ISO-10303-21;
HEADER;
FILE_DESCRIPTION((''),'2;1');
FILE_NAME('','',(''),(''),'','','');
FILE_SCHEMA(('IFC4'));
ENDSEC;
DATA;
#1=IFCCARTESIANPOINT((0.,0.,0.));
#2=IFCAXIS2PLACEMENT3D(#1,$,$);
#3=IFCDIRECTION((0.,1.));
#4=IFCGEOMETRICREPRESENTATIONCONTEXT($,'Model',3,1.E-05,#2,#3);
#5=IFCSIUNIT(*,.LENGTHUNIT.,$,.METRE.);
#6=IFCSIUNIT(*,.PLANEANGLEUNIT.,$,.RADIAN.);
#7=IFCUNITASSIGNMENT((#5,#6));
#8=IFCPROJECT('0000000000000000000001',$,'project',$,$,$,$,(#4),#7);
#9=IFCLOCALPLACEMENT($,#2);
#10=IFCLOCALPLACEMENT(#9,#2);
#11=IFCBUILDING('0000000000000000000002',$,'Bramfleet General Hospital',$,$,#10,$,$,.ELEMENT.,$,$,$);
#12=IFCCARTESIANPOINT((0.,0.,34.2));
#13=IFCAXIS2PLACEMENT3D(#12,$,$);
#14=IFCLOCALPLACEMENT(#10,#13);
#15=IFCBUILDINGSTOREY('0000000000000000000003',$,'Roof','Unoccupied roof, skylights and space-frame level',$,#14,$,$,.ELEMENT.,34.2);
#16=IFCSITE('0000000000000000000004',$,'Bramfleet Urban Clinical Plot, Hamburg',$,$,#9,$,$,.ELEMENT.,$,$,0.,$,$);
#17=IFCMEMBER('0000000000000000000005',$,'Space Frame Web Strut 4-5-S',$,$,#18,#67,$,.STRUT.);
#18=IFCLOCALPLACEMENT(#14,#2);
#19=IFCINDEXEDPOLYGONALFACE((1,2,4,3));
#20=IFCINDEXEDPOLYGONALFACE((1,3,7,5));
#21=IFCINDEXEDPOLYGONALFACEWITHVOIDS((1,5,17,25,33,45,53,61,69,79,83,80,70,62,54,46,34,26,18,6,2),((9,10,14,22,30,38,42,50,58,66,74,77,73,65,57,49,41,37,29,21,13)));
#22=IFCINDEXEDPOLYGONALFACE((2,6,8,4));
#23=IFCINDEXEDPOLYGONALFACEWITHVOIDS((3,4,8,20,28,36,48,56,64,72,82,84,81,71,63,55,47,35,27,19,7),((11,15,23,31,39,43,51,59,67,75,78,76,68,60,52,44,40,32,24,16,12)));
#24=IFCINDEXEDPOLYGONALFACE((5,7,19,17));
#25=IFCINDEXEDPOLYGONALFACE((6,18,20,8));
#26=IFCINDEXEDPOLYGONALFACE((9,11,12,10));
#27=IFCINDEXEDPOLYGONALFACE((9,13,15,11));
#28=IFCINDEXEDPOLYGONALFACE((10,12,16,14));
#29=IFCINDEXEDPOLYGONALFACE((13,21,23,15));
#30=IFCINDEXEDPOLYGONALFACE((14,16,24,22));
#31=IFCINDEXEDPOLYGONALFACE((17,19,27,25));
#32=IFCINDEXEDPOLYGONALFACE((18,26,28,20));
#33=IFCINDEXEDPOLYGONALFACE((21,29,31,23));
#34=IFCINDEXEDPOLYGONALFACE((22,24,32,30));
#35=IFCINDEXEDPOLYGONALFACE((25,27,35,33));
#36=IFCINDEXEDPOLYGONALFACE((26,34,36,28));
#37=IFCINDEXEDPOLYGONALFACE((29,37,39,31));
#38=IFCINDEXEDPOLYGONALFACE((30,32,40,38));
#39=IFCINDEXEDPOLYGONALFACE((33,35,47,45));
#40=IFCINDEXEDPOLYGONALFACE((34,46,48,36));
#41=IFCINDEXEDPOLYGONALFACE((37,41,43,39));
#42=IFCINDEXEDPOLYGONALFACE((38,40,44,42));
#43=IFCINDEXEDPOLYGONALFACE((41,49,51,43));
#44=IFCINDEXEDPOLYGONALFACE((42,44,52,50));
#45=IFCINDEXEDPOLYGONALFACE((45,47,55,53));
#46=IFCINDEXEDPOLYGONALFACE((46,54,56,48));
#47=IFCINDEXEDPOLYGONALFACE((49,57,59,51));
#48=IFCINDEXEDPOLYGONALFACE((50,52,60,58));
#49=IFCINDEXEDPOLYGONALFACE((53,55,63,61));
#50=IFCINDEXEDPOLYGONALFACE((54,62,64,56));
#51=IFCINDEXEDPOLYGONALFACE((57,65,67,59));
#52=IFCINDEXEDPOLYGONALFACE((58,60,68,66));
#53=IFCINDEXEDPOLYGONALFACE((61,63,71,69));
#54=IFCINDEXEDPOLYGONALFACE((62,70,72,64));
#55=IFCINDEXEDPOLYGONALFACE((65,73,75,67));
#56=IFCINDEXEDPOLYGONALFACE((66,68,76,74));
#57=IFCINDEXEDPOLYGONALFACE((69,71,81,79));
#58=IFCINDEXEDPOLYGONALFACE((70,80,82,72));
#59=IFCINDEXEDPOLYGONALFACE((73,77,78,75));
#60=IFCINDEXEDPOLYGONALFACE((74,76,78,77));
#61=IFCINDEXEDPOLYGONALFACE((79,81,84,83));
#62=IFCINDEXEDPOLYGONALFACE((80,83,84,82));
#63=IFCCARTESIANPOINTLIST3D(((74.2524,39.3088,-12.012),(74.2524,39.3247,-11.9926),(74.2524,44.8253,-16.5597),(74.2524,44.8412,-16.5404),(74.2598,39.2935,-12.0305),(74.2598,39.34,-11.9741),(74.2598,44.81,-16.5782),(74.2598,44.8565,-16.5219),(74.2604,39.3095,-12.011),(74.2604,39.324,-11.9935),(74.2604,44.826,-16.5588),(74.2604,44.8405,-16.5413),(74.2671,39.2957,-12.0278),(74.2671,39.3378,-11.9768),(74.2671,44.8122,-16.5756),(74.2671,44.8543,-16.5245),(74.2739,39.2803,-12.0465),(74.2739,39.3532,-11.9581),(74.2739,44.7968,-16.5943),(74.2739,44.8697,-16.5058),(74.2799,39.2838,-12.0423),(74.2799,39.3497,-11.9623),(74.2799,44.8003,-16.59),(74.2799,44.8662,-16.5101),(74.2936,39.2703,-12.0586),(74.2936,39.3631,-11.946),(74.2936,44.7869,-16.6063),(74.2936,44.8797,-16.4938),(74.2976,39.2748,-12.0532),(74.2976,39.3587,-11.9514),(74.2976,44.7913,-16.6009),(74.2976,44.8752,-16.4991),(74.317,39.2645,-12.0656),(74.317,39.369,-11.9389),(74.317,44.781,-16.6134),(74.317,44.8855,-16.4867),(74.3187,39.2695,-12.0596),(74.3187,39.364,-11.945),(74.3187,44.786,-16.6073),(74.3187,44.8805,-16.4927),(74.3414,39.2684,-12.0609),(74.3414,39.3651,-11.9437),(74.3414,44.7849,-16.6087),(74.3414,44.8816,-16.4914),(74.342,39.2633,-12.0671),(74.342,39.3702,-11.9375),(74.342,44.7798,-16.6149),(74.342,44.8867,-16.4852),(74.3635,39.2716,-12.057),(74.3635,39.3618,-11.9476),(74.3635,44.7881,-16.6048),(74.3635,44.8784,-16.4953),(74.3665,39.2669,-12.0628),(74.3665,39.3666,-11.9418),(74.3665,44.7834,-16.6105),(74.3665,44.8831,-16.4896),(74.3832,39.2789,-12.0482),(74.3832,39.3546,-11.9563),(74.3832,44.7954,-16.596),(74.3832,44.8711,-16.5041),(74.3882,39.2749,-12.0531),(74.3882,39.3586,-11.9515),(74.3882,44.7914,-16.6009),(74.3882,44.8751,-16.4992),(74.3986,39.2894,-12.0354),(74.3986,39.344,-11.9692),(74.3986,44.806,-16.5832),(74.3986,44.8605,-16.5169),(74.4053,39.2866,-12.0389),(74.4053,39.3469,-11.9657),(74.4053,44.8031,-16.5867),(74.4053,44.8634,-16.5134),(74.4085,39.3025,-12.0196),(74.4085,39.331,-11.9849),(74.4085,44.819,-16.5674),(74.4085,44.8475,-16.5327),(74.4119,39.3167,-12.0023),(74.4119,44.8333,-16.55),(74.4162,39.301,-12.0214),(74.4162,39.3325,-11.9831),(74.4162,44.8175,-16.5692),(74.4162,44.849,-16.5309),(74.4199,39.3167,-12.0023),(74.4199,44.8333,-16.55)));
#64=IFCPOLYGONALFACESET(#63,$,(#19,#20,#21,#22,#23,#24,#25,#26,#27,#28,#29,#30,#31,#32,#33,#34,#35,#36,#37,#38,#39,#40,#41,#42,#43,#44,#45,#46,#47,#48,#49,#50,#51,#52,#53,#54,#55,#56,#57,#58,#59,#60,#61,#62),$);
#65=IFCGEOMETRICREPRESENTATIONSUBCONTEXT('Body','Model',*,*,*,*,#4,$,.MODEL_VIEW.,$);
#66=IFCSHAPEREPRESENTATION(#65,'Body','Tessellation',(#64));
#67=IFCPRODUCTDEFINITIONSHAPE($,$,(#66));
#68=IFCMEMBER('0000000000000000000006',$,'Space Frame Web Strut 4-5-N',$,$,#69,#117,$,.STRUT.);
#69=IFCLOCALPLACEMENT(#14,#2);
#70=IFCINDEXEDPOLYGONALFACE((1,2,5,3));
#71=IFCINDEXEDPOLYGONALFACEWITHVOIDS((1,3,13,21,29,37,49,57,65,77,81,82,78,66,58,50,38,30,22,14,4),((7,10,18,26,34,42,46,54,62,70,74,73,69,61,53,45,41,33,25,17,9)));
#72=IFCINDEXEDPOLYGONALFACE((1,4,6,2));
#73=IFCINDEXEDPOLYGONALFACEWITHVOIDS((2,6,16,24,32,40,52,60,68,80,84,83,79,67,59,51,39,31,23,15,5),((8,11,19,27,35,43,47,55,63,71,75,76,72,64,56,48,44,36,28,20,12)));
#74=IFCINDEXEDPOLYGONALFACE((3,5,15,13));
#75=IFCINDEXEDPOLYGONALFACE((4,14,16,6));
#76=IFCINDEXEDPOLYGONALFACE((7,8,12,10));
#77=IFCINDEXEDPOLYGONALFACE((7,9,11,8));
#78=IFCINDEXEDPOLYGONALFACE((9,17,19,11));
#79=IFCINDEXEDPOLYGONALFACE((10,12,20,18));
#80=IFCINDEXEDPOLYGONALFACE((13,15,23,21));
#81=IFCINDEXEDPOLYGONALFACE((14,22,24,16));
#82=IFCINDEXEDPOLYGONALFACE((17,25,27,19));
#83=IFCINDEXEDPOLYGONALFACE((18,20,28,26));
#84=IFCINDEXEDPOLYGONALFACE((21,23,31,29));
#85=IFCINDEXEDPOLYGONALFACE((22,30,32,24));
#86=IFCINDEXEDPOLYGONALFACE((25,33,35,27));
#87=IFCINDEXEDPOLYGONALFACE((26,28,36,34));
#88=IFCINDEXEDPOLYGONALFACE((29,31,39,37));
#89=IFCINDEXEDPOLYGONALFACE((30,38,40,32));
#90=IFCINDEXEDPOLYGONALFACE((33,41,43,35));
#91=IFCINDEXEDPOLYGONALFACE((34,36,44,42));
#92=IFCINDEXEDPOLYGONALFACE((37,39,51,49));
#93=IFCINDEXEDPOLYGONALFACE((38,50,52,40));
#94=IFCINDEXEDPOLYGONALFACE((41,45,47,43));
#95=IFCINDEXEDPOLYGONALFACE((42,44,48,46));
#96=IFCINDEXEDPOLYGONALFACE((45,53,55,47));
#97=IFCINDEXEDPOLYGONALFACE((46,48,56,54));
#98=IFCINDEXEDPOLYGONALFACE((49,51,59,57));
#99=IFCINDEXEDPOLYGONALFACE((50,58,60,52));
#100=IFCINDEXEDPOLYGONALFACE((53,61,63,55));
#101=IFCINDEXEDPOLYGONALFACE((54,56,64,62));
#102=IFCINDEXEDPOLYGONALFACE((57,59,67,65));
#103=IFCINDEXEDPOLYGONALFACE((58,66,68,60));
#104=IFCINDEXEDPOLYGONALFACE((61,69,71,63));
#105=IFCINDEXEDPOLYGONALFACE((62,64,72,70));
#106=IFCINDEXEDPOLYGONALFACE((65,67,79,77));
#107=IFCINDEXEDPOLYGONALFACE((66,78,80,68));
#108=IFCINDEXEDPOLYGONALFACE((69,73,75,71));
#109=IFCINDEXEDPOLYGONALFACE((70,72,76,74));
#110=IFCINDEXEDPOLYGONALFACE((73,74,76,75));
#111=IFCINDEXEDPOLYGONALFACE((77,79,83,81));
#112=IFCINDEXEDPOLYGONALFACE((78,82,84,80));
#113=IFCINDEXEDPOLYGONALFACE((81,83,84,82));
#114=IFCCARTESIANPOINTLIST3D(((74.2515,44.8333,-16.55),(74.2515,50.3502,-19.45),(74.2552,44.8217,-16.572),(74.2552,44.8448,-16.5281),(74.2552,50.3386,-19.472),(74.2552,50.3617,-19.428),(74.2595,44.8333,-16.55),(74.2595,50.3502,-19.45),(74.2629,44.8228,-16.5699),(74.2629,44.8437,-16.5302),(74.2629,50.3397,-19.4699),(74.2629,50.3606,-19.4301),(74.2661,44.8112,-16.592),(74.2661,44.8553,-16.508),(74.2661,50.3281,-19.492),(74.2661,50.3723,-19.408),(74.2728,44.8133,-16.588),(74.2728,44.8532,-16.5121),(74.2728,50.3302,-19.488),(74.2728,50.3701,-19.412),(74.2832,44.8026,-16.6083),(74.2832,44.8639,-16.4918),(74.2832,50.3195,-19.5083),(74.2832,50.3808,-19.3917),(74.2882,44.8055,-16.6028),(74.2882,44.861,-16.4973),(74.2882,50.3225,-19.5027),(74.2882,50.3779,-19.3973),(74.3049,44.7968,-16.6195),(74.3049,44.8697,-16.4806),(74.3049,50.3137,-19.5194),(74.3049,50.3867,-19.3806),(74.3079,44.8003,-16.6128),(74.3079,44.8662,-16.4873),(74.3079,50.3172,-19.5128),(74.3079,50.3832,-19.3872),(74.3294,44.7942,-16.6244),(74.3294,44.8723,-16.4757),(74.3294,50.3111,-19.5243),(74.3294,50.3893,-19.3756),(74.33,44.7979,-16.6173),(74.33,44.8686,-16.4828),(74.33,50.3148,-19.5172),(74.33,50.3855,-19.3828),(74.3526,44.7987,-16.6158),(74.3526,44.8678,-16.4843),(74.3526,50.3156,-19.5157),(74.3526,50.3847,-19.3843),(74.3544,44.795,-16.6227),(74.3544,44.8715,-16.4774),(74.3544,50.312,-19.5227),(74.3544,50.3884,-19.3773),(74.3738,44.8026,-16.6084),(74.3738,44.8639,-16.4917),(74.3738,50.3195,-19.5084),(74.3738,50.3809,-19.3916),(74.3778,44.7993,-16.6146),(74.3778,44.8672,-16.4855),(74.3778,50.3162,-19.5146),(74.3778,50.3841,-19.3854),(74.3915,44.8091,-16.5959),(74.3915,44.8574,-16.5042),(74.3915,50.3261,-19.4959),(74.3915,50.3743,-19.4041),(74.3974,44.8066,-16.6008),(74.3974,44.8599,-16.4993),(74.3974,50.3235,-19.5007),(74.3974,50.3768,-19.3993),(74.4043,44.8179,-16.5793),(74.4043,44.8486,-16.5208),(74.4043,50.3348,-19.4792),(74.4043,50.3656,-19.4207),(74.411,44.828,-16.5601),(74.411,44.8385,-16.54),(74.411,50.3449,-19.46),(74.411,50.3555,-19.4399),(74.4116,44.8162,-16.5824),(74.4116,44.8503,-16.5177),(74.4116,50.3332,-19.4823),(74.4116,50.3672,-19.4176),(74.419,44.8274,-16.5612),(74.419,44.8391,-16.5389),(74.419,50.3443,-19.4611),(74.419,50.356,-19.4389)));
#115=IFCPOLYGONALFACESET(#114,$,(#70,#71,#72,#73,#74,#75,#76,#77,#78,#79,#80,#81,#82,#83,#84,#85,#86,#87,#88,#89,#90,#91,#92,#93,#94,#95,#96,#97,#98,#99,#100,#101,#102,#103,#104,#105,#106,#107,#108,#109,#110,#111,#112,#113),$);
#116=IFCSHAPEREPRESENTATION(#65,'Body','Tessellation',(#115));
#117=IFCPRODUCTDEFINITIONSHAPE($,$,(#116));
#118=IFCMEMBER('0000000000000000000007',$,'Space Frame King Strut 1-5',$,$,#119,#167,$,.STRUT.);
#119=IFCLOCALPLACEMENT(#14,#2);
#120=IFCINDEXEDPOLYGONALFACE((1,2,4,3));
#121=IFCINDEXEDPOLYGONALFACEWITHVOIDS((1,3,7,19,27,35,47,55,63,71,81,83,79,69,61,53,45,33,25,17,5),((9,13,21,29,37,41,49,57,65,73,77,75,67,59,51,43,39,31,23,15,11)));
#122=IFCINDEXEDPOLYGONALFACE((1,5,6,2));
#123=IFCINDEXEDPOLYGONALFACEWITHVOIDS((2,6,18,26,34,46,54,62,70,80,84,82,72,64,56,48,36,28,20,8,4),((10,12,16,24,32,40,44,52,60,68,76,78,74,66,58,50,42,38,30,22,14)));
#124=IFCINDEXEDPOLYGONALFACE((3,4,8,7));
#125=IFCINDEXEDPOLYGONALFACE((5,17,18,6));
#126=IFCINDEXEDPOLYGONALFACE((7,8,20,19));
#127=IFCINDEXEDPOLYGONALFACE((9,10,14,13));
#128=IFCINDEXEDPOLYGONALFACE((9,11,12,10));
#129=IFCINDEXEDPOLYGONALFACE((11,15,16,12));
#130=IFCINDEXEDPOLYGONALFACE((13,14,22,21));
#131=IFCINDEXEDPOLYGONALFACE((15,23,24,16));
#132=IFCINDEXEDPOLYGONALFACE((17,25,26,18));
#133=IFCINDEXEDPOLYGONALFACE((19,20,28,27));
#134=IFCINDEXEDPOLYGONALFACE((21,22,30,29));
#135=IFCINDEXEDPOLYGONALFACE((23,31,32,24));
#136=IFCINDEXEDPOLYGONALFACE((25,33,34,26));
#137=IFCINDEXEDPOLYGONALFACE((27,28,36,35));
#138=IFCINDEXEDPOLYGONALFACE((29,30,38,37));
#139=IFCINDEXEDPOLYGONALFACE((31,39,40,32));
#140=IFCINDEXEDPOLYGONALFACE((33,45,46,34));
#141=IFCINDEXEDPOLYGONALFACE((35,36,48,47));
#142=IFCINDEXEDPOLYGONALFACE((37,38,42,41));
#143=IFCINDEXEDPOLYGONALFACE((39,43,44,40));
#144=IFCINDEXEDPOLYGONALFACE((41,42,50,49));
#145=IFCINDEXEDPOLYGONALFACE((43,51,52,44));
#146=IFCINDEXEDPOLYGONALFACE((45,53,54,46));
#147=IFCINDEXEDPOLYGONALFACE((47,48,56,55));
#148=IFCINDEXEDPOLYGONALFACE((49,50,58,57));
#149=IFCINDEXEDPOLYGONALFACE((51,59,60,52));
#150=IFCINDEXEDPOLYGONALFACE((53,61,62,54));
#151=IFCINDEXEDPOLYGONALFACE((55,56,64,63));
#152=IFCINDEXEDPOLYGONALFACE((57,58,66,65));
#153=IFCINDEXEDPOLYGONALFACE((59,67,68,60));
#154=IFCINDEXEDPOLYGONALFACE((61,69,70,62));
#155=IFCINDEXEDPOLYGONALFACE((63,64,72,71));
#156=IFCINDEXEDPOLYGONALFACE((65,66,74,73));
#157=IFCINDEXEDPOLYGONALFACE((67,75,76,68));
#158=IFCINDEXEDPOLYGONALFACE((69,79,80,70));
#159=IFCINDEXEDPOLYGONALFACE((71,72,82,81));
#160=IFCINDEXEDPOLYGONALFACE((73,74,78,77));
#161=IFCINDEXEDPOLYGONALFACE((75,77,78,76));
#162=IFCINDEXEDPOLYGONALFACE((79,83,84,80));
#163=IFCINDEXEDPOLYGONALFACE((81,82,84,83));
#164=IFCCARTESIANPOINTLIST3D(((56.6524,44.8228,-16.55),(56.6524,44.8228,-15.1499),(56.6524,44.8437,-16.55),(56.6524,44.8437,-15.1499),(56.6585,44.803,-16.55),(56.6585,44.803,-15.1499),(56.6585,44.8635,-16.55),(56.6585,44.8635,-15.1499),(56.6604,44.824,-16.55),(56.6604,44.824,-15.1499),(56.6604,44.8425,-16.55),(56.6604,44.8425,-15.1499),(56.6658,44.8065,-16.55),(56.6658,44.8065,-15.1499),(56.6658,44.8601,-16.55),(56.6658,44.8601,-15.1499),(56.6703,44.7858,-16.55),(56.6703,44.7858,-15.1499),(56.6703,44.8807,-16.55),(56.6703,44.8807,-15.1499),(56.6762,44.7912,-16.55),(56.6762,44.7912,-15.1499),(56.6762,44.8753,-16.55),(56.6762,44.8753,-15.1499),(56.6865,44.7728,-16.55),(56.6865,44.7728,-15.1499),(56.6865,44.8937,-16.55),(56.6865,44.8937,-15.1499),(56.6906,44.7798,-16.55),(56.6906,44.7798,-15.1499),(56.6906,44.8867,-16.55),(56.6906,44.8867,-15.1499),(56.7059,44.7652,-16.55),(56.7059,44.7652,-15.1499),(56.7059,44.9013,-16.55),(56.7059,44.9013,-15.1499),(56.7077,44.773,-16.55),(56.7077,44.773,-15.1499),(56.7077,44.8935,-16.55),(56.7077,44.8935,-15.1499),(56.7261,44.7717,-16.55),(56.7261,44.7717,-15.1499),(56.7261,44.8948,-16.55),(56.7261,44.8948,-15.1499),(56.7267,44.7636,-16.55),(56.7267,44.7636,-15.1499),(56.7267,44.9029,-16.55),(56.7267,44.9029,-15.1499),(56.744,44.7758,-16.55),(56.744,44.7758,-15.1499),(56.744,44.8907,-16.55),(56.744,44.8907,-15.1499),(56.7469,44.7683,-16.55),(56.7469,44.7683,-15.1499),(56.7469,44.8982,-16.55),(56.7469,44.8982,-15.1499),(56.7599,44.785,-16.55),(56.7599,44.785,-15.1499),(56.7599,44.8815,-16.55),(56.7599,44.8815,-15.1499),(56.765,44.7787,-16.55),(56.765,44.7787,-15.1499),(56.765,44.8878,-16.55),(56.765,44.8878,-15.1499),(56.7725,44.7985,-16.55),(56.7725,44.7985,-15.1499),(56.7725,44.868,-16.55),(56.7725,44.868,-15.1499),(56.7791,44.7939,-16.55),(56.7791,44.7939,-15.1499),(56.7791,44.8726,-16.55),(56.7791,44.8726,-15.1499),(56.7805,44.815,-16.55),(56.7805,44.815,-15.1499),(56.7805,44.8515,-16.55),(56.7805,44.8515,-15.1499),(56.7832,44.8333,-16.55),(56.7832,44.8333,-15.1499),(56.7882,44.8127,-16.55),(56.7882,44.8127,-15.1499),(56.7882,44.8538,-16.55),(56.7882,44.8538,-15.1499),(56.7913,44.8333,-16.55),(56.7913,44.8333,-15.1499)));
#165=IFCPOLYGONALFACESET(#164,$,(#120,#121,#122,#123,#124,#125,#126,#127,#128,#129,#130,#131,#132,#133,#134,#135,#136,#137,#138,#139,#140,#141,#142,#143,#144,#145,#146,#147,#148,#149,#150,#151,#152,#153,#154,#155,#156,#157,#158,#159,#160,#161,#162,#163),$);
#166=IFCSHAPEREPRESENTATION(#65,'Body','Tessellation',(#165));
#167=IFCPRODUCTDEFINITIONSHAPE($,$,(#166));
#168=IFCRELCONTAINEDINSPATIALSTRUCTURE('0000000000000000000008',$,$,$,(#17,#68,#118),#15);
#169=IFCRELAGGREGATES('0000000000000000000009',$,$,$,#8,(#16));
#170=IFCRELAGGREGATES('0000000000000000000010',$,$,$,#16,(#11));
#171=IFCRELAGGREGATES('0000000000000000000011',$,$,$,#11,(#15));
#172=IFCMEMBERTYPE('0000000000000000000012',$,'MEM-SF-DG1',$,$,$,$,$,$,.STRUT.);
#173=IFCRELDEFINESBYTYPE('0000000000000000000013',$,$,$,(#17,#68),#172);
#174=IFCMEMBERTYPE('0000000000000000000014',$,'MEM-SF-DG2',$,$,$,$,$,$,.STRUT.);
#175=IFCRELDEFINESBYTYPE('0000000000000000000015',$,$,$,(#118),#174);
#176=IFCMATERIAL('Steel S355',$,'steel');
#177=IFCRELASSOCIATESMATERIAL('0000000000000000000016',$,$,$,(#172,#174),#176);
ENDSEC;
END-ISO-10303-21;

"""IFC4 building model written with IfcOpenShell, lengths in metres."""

from ifc_helpers import new_model, si_unit, direction, frame, origin, origin_2d, place, context, subcontext, project, spatial, hollow_circle, extrude, material, material_profile, profile_set, type_object, element, save


model = new_model("IFC4")

# Units and contexts
model_context = context("Model", 3, precision=1e-05, world=origin(), true_north=direction((0.0, 1.0)))
body_context = subcontext(model_context, "Body", "Model", "MODEL_VIEW")
ifc_project = project(units=[si_unit("LENGTHUNIT", "METRE"), si_unit("PLANEANGLEUNIT", "RADIAN")], contexts=[model_context])

# Site, building, storey
site_placement = place(None, origin())
site = spatial("IfcSite", under=ifc_project, at=site_placement, Name="Bramfleet Urban Clinical Plot, Hamburg", CompositionType="ELEMENT", RefElevation=0.0)
building_placement = place(site_placement, origin())
building = spatial("IfcBuilding", under=site, at=building_placement, Name="Bramfleet General Hospital", CompositionType="ELEMENT")
storey_placement = place(building_placement, frame((0.0, 0.0, 34.2)))
storey = spatial("IfcBuildingStorey", under=building, at=storey_placement, Name="Roof", Description="Unoccupied roof, skylights and space-frame level", CompositionType="ELEMENT", Elevation=34.2)

# Members
ifc_material = material(Name="Steel S355", Category="steel")
ifc_material_profile_1 = material_profile(ifc_material, hollow_circle(Radius=0.0842, WallThickness=0.0081, at=origin_2d()), Name="CHS 168.3x8.0")
ifc_profile_set_1 = profile_set([ifc_material_profile_1], Name="Steel S355")
member_type_1 = type_object("IfcMemberType", Name="MEM-SF-DG1", PredefinedType="STRUT", material=ifc_profile_set_1)
member_1_placement = place(storey_placement, frame((74.3357, 44.8333, -16.55), z_axis=(0.0, -0.771603, 0.636105), x_axis=(1.0, 0.0, 0.0)))
element("IfcMember", 1, at=member_1_placement, inside=storey, type_object=member_type_1, Name="Space Frame Web Strut 4-5-S", PredefinedType="STRUT", context=body_context, shape_type="SweptSolid", body=[
    extrude(hollow_circle(Radius=0.0842, WallThickness=0.0081, at=origin_2d()), origin(), (0.0, 0.0, 1.0), 7.1494),
])
member_2_placement = place(storey_placement, frame((74.3357, 44.8333, -16.55), z_axis=(0.0, 0.885163, -0.465281), x_axis=(-1.0, 0.0, 0.0)))
element("IfcMember", 2, at=member_2_placement, inside=storey, type_object=member_type_1, Name="Space Frame Web Strut 4-5-N", PredefinedType="STRUT", context=body_context, shape_type="SweptSolid", body=[
    extrude(hollow_circle(Radius=0.0842, WallThickness=0.0081, at=origin_2d()), origin(), (0.0, 0.0, 1.0), 6.2327),
])
ifc_material_profile_2 = material_profile(ifc_material, hollow_circle(Radius=0.0698, WallThickness=0.0081, at=origin_2d()), Name="CHS 139.7x8.0")
ifc_profile_set_2 = profile_set([ifc_material_profile_2], Name="Steel S355")
member_type_2 = type_object("IfcMemberType", Name="MEM-SF-DG2", PredefinedType="STRUT", material=ifc_profile_set_2)
for number, where, z_axis, x_axis, name in (
    (3, (56.7214, 44.8333, -16.55), (0.0, 0.0, 1.0), (1.0, 0.0, 0.0), "Space Frame King Strut 1-5"),
):
    element("IfcMember", number, at=place(storey_placement, frame(where, z_axis=z_axis, x_axis=x_axis)), inside=storey, type_object=member_type_2, Name=name, PredefinedType="STRUT", context=body_context, shape_type="SweptSolid", body=[
        extrude(hollow_circle(Radius=0.0698, WallThickness=0.0081, at=origin_2d()), origin(), (0.0, 0.0, 1.0), 1.4001),
    ])

save(model, "model.ifc")
